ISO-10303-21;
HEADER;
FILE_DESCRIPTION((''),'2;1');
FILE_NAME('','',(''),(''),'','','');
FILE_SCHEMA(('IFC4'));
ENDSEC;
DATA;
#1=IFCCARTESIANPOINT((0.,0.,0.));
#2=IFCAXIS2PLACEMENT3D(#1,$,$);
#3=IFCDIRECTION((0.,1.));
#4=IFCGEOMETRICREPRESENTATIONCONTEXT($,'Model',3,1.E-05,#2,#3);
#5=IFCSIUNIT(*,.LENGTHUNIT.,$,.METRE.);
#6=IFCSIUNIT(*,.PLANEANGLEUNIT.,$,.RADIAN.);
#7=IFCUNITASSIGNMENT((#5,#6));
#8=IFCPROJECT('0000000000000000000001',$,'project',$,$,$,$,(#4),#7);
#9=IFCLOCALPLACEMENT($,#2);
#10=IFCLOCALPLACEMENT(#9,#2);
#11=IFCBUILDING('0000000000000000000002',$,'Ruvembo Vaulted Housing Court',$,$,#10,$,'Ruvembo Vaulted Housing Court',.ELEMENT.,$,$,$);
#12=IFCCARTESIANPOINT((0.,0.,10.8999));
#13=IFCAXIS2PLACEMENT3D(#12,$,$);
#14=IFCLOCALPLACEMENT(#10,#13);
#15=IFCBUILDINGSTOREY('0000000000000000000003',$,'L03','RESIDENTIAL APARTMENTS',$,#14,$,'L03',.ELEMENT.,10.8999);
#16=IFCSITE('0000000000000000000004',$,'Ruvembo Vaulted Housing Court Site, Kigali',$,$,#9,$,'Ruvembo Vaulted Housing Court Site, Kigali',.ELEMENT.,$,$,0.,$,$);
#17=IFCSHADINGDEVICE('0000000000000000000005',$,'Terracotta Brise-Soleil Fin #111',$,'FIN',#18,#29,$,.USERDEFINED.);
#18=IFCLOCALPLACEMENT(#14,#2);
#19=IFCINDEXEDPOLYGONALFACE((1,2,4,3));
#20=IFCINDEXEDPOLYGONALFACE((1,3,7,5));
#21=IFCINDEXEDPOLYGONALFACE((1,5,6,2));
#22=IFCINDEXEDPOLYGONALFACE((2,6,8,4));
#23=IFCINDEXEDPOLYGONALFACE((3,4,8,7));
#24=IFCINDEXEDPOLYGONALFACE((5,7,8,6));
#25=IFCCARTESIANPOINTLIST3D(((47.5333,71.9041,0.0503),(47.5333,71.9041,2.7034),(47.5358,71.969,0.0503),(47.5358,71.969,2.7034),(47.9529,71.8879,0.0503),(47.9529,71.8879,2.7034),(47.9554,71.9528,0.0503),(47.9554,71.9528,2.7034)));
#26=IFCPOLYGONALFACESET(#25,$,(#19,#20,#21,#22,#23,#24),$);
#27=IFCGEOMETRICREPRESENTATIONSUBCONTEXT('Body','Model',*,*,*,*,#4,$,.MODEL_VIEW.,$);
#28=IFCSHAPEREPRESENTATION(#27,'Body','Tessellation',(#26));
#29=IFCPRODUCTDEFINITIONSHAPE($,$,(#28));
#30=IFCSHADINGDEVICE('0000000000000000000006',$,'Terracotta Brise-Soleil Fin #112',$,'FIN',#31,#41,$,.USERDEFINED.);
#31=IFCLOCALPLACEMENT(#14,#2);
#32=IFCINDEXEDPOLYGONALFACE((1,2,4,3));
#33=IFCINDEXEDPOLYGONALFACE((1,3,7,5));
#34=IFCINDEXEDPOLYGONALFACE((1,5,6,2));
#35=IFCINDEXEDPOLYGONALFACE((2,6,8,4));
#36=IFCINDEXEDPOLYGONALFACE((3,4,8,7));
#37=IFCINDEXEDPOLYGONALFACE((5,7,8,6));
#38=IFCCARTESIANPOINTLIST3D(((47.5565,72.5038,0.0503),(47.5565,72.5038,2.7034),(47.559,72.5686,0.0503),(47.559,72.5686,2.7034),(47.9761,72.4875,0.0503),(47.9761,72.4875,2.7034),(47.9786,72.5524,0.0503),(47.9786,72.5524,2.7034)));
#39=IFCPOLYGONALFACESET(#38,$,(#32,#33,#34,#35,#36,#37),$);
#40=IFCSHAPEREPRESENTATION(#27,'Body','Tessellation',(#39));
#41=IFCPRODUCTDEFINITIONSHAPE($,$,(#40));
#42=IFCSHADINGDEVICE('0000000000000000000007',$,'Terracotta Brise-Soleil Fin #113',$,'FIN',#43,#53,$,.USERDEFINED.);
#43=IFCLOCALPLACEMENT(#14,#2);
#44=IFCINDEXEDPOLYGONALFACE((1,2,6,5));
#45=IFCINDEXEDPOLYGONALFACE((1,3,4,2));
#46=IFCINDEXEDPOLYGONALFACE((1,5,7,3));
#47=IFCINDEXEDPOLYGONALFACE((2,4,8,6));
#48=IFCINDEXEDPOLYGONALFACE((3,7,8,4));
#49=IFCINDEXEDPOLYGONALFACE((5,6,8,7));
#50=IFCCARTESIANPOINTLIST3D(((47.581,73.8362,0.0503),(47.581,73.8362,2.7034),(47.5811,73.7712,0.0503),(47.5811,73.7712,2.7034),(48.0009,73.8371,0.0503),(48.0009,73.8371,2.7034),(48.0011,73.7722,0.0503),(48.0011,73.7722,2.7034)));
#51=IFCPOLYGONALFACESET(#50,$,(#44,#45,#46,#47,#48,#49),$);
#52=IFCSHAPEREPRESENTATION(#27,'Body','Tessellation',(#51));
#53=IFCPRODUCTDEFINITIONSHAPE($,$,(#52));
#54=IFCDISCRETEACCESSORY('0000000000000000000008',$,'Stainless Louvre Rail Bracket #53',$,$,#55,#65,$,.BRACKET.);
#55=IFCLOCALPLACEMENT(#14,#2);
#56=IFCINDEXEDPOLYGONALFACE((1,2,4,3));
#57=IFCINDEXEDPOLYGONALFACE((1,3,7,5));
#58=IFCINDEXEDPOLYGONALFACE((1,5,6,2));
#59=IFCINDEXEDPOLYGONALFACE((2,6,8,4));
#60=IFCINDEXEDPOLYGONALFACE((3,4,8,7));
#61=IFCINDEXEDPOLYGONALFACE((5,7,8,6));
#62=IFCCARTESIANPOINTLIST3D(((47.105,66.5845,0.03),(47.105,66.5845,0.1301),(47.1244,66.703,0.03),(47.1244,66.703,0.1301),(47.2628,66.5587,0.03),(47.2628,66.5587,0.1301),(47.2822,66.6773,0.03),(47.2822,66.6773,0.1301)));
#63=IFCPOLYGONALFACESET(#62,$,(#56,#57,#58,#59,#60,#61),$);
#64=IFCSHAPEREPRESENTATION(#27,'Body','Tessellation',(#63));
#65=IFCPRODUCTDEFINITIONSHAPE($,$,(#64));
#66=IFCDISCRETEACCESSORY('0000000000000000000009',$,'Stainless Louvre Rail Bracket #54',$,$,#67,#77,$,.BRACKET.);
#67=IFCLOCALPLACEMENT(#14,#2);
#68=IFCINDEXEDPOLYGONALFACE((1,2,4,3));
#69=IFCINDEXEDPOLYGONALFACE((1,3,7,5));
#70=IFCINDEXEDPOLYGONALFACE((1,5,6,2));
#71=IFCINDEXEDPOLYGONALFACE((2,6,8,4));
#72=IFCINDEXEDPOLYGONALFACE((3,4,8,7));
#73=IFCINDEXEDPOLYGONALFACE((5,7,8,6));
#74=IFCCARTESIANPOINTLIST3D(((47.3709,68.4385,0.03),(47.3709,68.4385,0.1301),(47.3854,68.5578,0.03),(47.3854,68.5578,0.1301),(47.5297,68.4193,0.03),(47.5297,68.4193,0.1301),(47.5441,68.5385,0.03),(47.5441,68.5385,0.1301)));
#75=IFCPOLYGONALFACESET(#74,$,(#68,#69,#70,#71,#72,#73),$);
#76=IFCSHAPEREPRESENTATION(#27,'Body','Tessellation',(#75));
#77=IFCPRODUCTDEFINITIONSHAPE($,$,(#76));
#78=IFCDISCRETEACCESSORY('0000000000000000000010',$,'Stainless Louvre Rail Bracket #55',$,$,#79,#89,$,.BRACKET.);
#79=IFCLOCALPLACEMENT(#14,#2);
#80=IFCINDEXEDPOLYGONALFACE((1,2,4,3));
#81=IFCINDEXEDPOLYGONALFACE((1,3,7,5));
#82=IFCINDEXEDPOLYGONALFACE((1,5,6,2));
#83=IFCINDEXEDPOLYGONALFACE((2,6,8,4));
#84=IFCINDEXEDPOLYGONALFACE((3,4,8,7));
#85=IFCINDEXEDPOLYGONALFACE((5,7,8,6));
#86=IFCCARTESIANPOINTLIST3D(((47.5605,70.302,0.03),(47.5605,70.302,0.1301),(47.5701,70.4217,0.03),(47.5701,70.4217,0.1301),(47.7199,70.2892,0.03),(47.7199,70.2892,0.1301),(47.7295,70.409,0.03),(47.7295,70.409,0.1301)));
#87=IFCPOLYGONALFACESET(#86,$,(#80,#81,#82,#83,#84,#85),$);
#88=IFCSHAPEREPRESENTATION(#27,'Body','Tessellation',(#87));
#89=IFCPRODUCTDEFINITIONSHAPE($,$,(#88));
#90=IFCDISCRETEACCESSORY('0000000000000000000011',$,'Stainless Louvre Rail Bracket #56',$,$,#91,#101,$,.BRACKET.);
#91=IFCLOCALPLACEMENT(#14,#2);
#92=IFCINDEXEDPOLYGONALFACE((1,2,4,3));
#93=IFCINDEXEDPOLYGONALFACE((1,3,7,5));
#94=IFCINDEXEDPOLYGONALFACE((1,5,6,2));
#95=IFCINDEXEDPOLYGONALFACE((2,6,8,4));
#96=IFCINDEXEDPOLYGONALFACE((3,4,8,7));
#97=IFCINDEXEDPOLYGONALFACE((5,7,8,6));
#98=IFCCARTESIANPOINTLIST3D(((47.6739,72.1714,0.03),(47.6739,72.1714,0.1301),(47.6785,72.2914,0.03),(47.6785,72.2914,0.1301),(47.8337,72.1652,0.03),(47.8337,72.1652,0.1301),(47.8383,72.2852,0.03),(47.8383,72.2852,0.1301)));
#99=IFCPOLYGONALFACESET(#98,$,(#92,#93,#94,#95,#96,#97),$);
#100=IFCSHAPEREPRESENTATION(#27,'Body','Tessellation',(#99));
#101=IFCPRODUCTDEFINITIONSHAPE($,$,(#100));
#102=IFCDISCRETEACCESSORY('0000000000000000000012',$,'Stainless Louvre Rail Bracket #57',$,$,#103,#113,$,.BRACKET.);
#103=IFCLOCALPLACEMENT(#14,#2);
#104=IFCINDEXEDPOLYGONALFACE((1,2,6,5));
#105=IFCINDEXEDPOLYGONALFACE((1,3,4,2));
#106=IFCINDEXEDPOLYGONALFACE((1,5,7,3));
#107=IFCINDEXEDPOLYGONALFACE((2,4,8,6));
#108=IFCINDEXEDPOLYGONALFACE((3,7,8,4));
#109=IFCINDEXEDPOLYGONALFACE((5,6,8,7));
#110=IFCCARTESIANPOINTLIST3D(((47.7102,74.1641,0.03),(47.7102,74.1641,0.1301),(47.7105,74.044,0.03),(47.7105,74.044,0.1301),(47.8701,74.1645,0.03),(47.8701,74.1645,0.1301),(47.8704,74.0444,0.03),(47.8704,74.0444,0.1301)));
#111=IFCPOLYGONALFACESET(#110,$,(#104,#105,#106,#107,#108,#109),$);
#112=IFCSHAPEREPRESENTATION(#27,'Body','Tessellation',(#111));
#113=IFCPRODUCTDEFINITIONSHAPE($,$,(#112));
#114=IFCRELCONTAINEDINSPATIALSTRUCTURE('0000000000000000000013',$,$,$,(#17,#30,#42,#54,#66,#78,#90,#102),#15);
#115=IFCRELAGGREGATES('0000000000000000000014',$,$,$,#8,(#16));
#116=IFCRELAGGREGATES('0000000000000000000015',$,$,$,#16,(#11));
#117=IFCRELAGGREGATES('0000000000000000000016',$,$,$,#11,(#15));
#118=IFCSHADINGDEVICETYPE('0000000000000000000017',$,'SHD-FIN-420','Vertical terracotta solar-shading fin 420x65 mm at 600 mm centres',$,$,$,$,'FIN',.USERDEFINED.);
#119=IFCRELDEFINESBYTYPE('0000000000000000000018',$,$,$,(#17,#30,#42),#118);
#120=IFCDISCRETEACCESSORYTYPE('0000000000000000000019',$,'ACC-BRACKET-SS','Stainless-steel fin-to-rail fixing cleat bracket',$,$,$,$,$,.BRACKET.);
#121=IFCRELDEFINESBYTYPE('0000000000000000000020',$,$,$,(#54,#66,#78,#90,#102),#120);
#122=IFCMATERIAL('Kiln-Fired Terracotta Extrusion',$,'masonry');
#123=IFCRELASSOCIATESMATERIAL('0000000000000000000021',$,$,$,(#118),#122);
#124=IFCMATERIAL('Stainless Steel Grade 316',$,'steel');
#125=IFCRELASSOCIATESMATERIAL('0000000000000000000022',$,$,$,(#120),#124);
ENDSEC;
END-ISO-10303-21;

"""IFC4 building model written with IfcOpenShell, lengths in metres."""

from ifc_helpers import new_model, si_unit, direction, frame, origin, origin_2d, place, context, subcontext, project, spatial, rectangle, extrude, material, type_object, element, save


model = new_model("IFC4")

# Units and contexts
model_context = context("Model", 3, precision=1e-05, world=origin(), true_north=direction((0.0, 1.0)))
body_context = subcontext(model_context, "Body", "Model", "MODEL_VIEW")
ifc_project = project(units=[si_unit("LENGTHUNIT", "METRE"), si_unit("PLANEANGLEUNIT", "RADIAN")], contexts=[model_context])

# Site, building, storey
site_placement = place(None, origin())
site = spatial("IfcSite", under=ifc_project, at=site_placement, Name="Ruvembo Vaulted Housing Court Site, Kigali", LongName="Ruvembo Vaulted Housing Court Site, Kigali", CompositionType="ELEMENT", RefElevation=0.0)
building_placement = place(site_placement, origin())
building = spatial("IfcBuilding", under=site, at=building_placement, Name="Ruvembo Vaulted Housing Court", LongName="Ruvembo Vaulted Housing Court", CompositionType="ELEMENT")
storey_placement = place(building_placement, frame((0.0, 0.0, 10.8999)))
storey = spatial("IfcBuildingStorey", under=building, at=storey_placement, Name="L03", Description="RESIDENTIAL APARTMENTS", LongName="L03", CompositionType="ELEMENT", Elevation=10.8999)

# Shading devices
ifc_material_1 = material(Name="Kiln-Fired Terracotta Extrusion", Category="masonry")
shading_device_type = type_object("IfcShadingDeviceType", Name="SHD-FIN-420", Description="Vertical terracotta solar-shading fin 420x65 mm at 600 mm centres", ElementType="FIN", PredefinedType="USERDEFINED", material=ifc_material_1)
for number, where, z_axis, x_axis, name in (
    (1, (47.7444, 71.9285, 0.0503), (0.0, 0.0, 1.0), (0.999251, -0.038684, 0.0), "Terracotta Brise-Soleil Fin #111"),
    (2, (47.7676, 72.5281, 0.0503), (0.0, 0.0, 1.0), (0.999251, -0.038684, 0.0), "Terracotta Brise-Soleil Fin #112"),
    (3, (47.791, 73.8042, 0.0503), (0.0, 0.0, 1.0), (0.999997, 0.002286, 0.0), "Terracotta Brise-Soleil Fin #113"),
):
    element("IfcShadingDevice", number, at=place(storey_placement, frame(where, z_axis=z_axis, x_axis=x_axis)), inside=storey, type_object=shading_device_type, Name=name, ObjectType="FIN", PredefinedType="USERDEFINED", context=body_context, shape_type="SweptSolid", body=[
        extrude(rectangle(XDim=0.4199, YDim=0.0649, at=origin_2d()), origin(), (0.0, 0.0, 1.0), 2.6531),
    ])

# Discrete accessories
ifc_material_2 = material(Name="Stainless Steel Grade 316", Category="steel")
discrete_accessory_type = type_object("IfcDiscreteAccessoryType", Name="ACC-BRACKET-SS", Description="Stainless-steel fin-to-rail fixing cleat bracket", PredefinedType="BRACKET", material=ifc_material_2)
for number, where, z_axis, x_axis, name in (
    (4, (47.1936, 66.6309, 0.03), (0.0, 0.0, 1.0), (0.986957, -0.160984, 0.0), "Stainless Louvre Rail Bracket #53"),
    (5, (47.4575, 68.4885, 0.03), (0.0, 0.0, 1.0), (0.992734, -0.120327, 0.0), "Stainless Louvre Rail Bracket #54"),
    (6, (47.645, 70.3555, 0.03), (0.0, 0.0, 1.0), (0.996826, -0.079607, 0.0), "Stainless Louvre Rail Bracket #55"),
    (7, (47.7561, 72.2283, 0.03), (0.0, 0.0, 1.0), (0.999251, -0.038684, 0.0), "Stainless Louvre Rail Bracket #56"),
    (8, (47.7903, 74.1042, 0.03), (0.0, 0.0, 1.0), (0.999997, 0.002286, 0.0), "Stainless Louvre Rail Bracket #57"),
):
    element("IfcDiscreteAccessory", number, at=place(storey_placement, frame(where, z_axis=z_axis, x_axis=x_axis)), inside=storey, type_object=discrete_accessory_type, Name=name, PredefinedType="BRACKET", context=body_context, shape_type="SweptSolid", body=[
        extrude(rectangle(XDim=0.1599, YDim=0.1201, at=origin_2d()), origin(), (0.0, 0.0, 1.0), 0.1001),
    ])

save(model, "model.ifc")
